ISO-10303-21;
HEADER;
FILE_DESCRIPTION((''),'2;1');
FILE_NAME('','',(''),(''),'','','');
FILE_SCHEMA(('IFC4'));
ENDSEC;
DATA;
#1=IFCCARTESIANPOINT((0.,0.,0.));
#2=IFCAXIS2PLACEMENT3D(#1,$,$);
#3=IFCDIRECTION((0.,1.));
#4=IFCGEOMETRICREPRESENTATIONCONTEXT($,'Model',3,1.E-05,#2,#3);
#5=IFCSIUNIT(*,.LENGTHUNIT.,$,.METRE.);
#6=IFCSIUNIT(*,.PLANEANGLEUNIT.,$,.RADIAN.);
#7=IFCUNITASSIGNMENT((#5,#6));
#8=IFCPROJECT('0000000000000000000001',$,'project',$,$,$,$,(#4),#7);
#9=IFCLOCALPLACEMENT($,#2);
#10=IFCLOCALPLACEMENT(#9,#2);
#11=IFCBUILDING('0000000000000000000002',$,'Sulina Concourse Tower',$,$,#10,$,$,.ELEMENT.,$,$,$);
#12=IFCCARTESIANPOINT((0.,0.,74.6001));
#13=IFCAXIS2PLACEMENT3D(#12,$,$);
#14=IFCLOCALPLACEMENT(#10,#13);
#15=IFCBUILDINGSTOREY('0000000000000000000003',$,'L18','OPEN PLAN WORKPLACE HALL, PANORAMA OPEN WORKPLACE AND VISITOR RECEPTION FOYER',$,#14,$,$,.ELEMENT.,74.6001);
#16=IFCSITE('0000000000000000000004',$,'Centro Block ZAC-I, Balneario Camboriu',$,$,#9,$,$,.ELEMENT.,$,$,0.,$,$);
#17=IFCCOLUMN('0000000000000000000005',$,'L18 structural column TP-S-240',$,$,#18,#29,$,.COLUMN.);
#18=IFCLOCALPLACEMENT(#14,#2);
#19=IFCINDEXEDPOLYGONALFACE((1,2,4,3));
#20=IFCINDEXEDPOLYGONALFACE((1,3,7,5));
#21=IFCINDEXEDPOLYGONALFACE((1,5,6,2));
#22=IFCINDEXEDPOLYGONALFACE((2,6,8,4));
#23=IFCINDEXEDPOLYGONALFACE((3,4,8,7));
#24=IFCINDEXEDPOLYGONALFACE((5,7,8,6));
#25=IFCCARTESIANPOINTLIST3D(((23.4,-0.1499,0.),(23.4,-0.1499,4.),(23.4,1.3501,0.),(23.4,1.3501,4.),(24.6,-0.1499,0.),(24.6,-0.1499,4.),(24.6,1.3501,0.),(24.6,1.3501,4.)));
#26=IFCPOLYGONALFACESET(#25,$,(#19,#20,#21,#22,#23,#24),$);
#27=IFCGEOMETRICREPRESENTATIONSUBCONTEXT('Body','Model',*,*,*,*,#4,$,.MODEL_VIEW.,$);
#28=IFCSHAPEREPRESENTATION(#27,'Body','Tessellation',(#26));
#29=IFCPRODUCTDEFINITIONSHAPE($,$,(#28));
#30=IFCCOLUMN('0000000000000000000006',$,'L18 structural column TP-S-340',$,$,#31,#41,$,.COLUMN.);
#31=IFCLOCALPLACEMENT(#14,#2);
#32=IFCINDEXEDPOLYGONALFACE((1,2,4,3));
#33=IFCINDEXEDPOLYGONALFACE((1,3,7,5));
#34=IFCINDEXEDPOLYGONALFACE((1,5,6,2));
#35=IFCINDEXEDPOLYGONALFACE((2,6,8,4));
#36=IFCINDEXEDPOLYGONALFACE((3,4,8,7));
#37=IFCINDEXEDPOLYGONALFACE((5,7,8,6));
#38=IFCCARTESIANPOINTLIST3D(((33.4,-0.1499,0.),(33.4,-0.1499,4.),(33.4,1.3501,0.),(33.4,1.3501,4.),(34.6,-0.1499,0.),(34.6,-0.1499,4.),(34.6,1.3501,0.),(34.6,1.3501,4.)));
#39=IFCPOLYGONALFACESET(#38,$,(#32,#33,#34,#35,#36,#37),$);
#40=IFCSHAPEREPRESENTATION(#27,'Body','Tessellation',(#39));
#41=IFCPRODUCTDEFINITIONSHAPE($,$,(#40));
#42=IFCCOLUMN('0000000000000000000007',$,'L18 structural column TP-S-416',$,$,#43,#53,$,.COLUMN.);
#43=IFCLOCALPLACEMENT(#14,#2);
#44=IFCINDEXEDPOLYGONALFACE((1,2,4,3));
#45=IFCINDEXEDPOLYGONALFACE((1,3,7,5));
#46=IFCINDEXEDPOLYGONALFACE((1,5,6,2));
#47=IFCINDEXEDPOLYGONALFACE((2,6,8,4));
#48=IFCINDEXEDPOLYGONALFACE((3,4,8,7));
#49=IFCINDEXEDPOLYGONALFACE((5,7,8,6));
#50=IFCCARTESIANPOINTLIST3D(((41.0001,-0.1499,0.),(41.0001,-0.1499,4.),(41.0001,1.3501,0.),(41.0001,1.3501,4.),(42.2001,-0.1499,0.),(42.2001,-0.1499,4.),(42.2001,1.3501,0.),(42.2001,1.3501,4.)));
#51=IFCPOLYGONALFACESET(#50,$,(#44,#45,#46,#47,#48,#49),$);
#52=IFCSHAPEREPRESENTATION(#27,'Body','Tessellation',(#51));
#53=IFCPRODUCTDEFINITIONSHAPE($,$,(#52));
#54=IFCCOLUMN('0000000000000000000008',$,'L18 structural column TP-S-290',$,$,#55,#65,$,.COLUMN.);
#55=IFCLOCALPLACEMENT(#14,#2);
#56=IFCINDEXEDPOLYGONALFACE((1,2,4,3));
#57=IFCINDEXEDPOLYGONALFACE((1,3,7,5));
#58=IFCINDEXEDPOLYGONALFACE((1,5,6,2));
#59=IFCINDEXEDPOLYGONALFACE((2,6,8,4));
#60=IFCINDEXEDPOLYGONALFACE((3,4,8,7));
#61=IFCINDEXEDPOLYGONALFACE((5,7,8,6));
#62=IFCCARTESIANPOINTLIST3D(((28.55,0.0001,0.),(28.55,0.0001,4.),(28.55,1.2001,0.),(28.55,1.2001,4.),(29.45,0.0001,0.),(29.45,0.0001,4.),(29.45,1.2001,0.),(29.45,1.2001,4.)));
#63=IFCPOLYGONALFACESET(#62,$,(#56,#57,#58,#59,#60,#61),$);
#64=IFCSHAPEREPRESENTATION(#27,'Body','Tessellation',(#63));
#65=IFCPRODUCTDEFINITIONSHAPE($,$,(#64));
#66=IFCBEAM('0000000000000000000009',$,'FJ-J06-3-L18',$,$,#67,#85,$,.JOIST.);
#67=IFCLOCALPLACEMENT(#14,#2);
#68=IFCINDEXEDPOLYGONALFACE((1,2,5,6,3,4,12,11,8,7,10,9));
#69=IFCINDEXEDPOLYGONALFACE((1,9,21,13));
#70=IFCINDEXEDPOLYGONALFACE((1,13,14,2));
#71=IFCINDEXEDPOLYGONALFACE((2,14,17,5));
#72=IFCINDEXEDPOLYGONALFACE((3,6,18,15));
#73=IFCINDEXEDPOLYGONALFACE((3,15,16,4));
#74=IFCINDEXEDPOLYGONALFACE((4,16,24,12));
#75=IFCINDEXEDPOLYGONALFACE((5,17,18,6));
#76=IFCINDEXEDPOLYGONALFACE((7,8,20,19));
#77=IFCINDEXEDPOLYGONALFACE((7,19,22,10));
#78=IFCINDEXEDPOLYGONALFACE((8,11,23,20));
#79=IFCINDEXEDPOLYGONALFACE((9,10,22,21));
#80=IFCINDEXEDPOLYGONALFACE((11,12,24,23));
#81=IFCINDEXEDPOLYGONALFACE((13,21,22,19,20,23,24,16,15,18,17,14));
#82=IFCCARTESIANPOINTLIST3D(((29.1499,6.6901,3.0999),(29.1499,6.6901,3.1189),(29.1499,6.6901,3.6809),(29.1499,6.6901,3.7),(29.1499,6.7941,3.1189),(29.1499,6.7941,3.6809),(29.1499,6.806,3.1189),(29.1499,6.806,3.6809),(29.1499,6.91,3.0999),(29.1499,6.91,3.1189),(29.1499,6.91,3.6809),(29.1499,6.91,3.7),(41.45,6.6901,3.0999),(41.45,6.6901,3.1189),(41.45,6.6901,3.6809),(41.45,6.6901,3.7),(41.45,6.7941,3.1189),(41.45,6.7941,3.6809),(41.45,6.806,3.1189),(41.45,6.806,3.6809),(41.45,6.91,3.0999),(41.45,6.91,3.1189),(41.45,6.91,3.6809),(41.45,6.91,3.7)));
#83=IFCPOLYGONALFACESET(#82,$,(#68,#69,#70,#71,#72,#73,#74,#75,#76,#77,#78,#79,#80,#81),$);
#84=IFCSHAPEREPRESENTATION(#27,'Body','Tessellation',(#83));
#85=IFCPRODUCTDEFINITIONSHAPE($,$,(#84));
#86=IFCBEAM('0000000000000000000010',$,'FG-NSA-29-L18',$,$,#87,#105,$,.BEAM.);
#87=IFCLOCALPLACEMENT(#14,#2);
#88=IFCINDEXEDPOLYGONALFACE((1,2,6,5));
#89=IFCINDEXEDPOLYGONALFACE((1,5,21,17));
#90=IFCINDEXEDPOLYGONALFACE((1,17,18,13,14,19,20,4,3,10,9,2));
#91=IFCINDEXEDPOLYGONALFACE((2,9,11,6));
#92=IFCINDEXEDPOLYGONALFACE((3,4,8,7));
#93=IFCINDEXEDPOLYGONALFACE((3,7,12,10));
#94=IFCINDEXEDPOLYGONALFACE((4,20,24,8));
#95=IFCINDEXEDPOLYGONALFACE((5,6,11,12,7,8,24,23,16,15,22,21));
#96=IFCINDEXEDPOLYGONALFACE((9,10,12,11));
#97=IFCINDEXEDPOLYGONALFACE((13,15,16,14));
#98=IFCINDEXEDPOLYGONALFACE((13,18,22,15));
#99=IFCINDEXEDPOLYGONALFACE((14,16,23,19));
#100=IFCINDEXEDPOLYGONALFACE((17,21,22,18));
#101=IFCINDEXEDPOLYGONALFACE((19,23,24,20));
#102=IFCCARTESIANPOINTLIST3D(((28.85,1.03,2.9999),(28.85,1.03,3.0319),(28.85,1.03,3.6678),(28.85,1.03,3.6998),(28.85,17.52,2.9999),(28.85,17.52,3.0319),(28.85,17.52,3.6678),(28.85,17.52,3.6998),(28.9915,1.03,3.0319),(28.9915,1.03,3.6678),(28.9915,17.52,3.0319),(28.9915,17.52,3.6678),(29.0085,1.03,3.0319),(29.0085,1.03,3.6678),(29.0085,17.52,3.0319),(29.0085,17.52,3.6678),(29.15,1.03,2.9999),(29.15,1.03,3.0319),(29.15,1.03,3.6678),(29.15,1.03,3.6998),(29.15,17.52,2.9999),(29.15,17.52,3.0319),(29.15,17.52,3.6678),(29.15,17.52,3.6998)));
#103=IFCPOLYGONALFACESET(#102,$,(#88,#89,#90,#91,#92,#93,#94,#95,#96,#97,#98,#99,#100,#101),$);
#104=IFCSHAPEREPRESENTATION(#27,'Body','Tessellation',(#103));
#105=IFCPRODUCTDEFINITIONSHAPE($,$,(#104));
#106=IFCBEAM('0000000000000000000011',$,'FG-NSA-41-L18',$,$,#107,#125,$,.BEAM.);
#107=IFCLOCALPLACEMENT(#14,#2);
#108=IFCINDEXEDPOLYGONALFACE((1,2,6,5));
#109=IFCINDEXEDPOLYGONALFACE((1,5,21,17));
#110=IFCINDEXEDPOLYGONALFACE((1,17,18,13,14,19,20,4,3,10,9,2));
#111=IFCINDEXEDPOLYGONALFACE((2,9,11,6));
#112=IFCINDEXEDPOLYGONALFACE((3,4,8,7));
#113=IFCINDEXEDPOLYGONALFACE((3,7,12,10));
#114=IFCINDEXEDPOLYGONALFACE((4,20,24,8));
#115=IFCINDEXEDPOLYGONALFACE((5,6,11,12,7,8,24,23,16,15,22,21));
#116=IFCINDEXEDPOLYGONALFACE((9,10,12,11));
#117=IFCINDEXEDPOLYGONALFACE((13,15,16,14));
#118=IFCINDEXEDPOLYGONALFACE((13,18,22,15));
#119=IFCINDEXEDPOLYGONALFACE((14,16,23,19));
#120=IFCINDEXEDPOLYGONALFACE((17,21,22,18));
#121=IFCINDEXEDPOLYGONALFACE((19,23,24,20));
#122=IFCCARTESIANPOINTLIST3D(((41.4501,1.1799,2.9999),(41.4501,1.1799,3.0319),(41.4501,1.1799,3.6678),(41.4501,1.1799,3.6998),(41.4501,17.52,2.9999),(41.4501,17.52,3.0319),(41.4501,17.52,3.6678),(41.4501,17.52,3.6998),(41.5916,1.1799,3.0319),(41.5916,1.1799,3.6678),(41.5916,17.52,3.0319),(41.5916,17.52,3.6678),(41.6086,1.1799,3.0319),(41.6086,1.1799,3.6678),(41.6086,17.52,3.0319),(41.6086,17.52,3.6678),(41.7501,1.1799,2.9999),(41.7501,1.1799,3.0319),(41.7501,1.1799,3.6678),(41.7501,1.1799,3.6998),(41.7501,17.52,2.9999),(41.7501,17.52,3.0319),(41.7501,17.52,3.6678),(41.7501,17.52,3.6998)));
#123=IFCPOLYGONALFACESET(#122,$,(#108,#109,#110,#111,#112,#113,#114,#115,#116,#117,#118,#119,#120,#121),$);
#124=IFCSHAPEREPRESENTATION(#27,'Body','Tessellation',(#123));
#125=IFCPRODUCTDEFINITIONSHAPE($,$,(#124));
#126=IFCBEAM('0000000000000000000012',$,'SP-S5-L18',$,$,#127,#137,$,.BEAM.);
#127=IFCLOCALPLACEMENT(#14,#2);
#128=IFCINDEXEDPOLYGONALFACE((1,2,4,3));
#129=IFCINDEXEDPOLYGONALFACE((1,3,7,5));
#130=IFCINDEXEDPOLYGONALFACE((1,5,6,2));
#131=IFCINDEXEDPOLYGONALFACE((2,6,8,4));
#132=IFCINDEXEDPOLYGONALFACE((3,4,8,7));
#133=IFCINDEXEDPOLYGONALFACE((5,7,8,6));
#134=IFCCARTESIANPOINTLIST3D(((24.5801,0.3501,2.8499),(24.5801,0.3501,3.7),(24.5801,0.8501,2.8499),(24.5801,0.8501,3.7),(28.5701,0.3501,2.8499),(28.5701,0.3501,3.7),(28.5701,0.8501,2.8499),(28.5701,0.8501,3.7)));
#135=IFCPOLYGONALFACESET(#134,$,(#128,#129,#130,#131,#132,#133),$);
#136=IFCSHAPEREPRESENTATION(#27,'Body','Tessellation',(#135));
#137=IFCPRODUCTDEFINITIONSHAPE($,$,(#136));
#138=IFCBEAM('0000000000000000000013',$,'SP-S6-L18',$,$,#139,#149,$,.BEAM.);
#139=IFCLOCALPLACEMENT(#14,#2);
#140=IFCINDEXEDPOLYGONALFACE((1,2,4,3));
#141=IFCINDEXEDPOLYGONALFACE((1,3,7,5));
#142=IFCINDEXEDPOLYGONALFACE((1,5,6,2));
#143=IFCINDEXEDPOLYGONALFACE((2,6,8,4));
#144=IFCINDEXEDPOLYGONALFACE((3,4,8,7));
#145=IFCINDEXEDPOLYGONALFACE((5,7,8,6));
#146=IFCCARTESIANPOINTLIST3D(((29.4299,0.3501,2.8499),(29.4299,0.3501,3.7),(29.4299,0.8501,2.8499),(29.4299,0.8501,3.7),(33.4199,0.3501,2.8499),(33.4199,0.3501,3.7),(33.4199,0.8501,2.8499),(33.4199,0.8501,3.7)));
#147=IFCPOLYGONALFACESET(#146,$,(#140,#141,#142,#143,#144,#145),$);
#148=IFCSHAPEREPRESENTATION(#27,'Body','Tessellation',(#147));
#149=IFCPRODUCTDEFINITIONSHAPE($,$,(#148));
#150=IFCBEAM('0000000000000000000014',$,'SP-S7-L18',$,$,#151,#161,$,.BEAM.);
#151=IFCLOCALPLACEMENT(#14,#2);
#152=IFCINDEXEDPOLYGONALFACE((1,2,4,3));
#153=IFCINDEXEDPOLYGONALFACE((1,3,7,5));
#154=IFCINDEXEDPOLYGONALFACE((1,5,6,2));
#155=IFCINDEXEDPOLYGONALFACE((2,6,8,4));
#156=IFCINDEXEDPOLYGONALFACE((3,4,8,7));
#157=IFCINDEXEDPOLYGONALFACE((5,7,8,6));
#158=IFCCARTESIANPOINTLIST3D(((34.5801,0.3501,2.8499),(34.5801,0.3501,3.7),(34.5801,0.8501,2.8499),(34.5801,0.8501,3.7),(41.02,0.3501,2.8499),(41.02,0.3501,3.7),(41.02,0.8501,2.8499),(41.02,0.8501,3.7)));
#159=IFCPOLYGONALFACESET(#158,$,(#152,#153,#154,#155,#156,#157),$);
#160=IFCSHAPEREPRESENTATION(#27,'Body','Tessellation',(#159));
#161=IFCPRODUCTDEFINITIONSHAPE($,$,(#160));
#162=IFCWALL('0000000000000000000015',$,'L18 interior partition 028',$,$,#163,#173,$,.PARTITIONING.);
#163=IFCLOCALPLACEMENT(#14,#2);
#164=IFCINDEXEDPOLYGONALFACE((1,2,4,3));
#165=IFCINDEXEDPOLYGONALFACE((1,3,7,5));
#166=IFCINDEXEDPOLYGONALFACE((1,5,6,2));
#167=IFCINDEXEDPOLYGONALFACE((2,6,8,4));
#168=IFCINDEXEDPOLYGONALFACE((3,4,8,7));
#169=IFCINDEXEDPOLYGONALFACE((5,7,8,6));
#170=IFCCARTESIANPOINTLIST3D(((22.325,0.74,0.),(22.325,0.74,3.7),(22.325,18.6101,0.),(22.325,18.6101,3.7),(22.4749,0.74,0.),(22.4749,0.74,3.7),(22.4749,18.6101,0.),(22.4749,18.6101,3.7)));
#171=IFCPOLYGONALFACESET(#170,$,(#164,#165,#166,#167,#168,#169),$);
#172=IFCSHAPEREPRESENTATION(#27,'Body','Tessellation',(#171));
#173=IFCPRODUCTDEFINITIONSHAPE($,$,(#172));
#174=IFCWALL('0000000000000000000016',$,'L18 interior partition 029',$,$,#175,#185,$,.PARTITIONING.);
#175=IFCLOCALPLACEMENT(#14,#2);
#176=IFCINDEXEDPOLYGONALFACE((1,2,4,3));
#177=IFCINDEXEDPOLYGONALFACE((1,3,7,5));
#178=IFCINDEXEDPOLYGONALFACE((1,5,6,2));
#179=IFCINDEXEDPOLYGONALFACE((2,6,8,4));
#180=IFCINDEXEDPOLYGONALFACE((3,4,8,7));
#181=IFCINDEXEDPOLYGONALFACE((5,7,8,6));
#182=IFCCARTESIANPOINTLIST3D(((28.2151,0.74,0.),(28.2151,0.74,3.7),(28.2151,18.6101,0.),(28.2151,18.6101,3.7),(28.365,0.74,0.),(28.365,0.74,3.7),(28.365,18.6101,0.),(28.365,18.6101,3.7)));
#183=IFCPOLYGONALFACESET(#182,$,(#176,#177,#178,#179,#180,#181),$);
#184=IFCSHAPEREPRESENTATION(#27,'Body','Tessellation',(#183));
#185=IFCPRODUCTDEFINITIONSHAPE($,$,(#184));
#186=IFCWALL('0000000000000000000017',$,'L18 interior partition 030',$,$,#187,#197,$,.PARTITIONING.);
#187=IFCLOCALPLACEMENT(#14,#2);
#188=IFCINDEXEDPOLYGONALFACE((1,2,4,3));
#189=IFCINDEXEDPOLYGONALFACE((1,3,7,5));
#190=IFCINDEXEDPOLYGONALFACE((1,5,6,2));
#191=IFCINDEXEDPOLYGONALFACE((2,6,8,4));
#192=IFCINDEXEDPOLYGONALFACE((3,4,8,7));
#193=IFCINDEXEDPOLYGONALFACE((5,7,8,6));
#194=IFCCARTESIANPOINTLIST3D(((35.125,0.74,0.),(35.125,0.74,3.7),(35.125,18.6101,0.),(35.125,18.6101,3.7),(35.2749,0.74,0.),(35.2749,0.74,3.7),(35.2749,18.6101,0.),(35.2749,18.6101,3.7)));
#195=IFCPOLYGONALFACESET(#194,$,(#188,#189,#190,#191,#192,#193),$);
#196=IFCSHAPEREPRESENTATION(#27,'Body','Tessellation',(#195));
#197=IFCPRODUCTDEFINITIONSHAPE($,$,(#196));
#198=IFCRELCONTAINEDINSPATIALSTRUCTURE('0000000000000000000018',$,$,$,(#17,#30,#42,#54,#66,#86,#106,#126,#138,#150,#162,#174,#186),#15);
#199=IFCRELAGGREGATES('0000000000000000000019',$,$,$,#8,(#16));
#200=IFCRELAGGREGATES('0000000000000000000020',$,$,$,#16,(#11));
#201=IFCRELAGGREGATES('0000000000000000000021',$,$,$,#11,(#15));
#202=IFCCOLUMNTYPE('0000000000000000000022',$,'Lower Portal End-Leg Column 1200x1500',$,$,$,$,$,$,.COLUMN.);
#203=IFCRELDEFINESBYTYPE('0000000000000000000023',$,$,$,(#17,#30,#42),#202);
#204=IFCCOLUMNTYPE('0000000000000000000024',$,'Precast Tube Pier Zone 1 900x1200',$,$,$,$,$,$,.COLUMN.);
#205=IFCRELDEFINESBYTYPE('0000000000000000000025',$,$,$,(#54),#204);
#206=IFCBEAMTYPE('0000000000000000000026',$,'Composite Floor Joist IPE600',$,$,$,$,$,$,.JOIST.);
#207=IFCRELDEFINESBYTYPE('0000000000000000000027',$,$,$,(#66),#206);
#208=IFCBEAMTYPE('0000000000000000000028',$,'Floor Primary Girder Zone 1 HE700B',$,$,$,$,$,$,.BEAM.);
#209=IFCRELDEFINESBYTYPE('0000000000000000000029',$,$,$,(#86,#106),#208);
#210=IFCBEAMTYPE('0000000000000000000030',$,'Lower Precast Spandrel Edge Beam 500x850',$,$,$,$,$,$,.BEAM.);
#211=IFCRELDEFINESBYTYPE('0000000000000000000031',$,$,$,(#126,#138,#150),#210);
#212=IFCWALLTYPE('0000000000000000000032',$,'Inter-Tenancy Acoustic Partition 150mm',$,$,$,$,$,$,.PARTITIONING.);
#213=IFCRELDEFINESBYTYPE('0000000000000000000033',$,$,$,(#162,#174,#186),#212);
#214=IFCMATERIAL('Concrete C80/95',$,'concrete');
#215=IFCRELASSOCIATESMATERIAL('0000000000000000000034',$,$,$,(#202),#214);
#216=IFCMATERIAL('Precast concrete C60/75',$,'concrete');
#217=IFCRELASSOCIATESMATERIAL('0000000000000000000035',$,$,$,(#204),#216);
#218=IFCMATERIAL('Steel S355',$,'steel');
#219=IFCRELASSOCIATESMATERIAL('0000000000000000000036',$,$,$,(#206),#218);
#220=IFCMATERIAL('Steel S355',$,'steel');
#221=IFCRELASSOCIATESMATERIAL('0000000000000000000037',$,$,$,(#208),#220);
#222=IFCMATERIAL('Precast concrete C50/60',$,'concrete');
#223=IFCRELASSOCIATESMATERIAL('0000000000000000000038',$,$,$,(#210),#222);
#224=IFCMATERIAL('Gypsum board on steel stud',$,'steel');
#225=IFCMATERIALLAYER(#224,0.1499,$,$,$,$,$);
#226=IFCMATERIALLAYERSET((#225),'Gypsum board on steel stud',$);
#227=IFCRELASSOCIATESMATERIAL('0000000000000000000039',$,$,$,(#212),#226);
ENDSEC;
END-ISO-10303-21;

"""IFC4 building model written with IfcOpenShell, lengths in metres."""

from ifc_helpers import new_model, si_unit, direction, frame, frame_2d, origin, origin_2d, place, context, subcontext, project, spatial, rectangle, i_section, extrude, material, layer, layer_set, material_profile, profile_set, type_object, element, save


model = new_model("IFC4")

# Units and contexts
model_context = context("Model", 3, precision=1e-05, world=origin(), true_north=direction((0.0, 1.0)))
body_context = subcontext(model_context, "Body", "Model", "MODEL_VIEW")
ifc_project = project(units=[si_unit("LENGTHUNIT", "METRE"), si_unit("PLANEANGLEUNIT", "RADIAN")], contexts=[model_context])

# Site, building, storey
site_placement = place(None, origin())
site = spatial("IfcSite", under=ifc_project, at=site_placement, Name="Centro Block ZAC-I, Balneario Camboriu", CompositionType="ELEMENT", RefElevation=0.0)
building_placement = place(site_placement, origin())
building = spatial("IfcBuilding", under=site, at=building_placement, Name="Sulina Concourse Tower", CompositionType="ELEMENT")
storey_placement = place(building_placement, frame((0.0, 0.0, 74.6001)))
storey = spatial("IfcBuildingStorey", under=building, at=storey_placement, Name="L18", Description="OPEN PLAN WORKPLACE HALL, PANORAMA OPEN WORKPLACE AND VISITOR RECEPTION FOYER", CompositionType="ELEMENT", Elevation=74.6001)

# Columns
ifc_material_1 = material(Name="Concrete C80/95", Category="concrete")
ifc_material_profile_1 = material_profile(ifc_material_1, rectangle(XDim=1.2, YDim=1.5, at=origin_2d()), Name="RC 1200x1500")
ifc_profile_set_1 = profile_set([ifc_material_profile_1], Name="Concrete C80/95")
column_type_1 = type_object("IfcColumnType", Name="Lower Portal End-Leg Column 1200x1500", PredefinedType="COLUMN", material=ifc_profile_set_1)
for number, where, z_axis, x_axis, name in (
    (1, (24.0, 0.6001, 0.0), (0.0, 0.0, 1.0), (1.0, 0.0, 0.0), "L18 structural column TP-S-240"),
    (2, (34.0, 0.6001, 0.0), (0.0, 0.0, 1.0), (1.0, 0.0, 0.0), "L18 structural column TP-S-340"),
    (3, (41.6001, 0.6001, 0.0), (0.0, 0.0, 1.0), (1.0, 0.0, 0.0), "L18 structural column TP-S-416"),
):
    element("IfcColumn", number, at=place(storey_placement, frame(where, z_axis=z_axis, x_axis=x_axis)), inside=storey, type_object=column_type_1, Name=name, PredefinedType="COLUMN", context=body_context, shape_type="SweptSolid", body=[
        extrude(rectangle(XDim=1.2, YDim=1.5, at=origin_2d()), origin(), (0.0, 0.0, 1.0), 4.0),
    ])
ifc_material_2 = material(Name="Precast concrete C60/75", Category="concrete")
ifc_material_profile_2 = material_profile(ifc_material_2, rectangle(XDim=0.8999, YDim=1.2, at=origin_2d()), Name="PC 900x1200")
ifc_profile_set_2 = profile_set([ifc_material_profile_2], Name="Precast concrete C60/75")
column_type_2 = type_object("IfcColumnType", Name="Precast Tube Pier Zone 1 900x1200", PredefinedType="COLUMN", material=ifc_profile_set_2)
column_placement = place(storey_placement, frame((29.0, 0.6001, 0.0), z_axis=(0.0, 0.0, 1.0), x_axis=(1.0, 0.0, 0.0)))
element("IfcColumn", 4, at=column_placement, inside=storey, type_object=column_type_2, Name="L18 structural column TP-S-290", PredefinedType="COLUMN", context=body_context, shape_type="SweptSolid", body=[
    extrude(rectangle(XDim=0.8999, YDim=1.2, at=origin_2d()), origin(), (0.0, 0.0, 1.0), 4.0),
])

# Beams
ifc_material_3 = material(Name="Steel S355", Category="steel")
ifc_material_profile_3 = material_profile(ifc_material_3, i_section(OverallWidth=0.22, OverallDepth=0.6001, WebThickness=0.012, FlangeThickness=0.019, at=origin_2d()), Name="IPE 600")
ifc_profile_set_3 = profile_set([ifc_material_profile_3], Name="Steel S355")
beam_type_1 = type_object("IfcBeamType", Name="Composite Floor Joist IPE600", PredefinedType="JOIST", material=ifc_profile_set_3)
beam_1_placement = place(storey_placement, frame((29.1499, 6.8, 3.3999), z_axis=(1.0, 0.0, 0.0), x_axis=(0.0, 1.0, 0.0)))
element("IfcBeam", 5, at=beam_1_placement, inside=storey, type_object=beam_type_1, Name="FJ-J06-3-L18", PredefinedType="JOIST", context=body_context, shape_type="SweptSolid", body=[
    extrude(i_section(OverallWidth=0.22, OverallDepth=0.6001, WebThickness=0.012, FlangeThickness=0.019, at=origin_2d()), origin(), (0.0, 0.0, 1.0), 12.3),
])
ifc_material_4 = material(Name="Steel S355", Category="steel")
ifc_material_profile_4 = material_profile(ifc_material_4, i_section(OverallWidth=0.3, OverallDepth=0.7, WebThickness=0.0171, FlangeThickness=0.032, at=origin_2d()), Name="HE 700 B")
ifc_profile_set_4 = profile_set([ifc_material_profile_4], Name="Steel S355")
beam_type_2 = type_object("IfcBeamType", Name="Floor Primary Girder Zone 1 HE700B", PredefinedType="BEAM", material=ifc_profile_set_4)
beam_2_placement = place(storey_placement, frame((29.0, 1.03, 3.3499), z_axis=(0.0, 1.0, 0.0), x_axis=(-1.0, 0.0, 0.0)))
element("IfcBeam", 6, at=beam_2_placement, inside=storey, type_object=beam_type_2, Name="FG-NSA-29-L18", PredefinedType="BEAM", context=body_context, shape_type="SweptSolid", body=[
    extrude(i_section(OverallWidth=0.3, OverallDepth=0.7, WebThickness=0.0171, FlangeThickness=0.032, at=origin_2d()), origin(), (0.0, 0.0, 1.0), 16.49),
])
beam_3_placement = place(storey_placement, frame((41.6001, 1.1799, 3.3499), z_axis=(0.0, 1.0, 0.0), x_axis=(-1.0, 0.0, 0.0)))
element("IfcBeam", 7, at=beam_3_placement, inside=storey, type_object=beam_type_2, Name="FG-NSA-41-L18", PredefinedType="BEAM", context=body_context, shape_type="SweptSolid", body=[
    extrude(i_section(OverallWidth=0.3, OverallDepth=0.7, WebThickness=0.0171, FlangeThickness=0.032, at=origin_2d()), origin(), (0.0, 0.0, 1.0), 16.3401),
])
ifc_material_5 = material(Name="Precast concrete C50/60", Category="concrete")
ifc_material_profile_5 = material_profile(ifc_material_5, rectangle(XDim=0.5, YDim=0.8501, at=origin_2d()), Name="RC 500x850")
ifc_profile_set_5 = profile_set([ifc_material_profile_5], Name="Precast concrete C50/60")
beam_type_3 = type_object("IfcBeamType", Name="Lower Precast Spandrel Edge Beam 500x850", PredefinedType="BEAM", material=ifc_profile_set_5)
for number, where, z_axis, x_axis, name in (
    (8, (24.5801, 0.6001, 3.2749), (1.0, 0.0, 0.0), (0.0, 1.0, 0.0), "SP-S5-L18"),
    (9, (29.4299, 0.6001, 3.2749), (1.0, 0.0, 0.0), (0.0, 1.0, 0.0), "SP-S6-L18"),
):
    element("IfcBeam", number, at=place(storey_placement, frame(where, z_axis=z_axis, x_axis=x_axis)), inside=storey, type_object=beam_type_3, Name=name, PredefinedType="BEAM", context=body_context, shape_type="SweptSolid", body=[
        extrude(rectangle(XDim=0.5, YDim=0.8501, at=origin_2d()), origin(), (0.0, 0.0, 1.0), 3.99),
    ])
beam_4_placement = place(storey_placement, frame((34.5801, 0.6001, 3.2749), z_axis=(1.0, 0.0, 0.0), x_axis=(0.0, 1.0, 0.0)))
element("IfcBeam", 10, at=beam_4_placement, inside=storey, type_object=beam_type_3, Name="SP-S7-L18", PredefinedType="BEAM", context=body_context, shape_type="SweptSolid", body=[
    extrude(rectangle(XDim=0.5, YDim=0.8501, at=origin_2d()), origin(), (0.0, 0.0, 1.0), 6.4399),
])

# Walls
ifc_material_6 = material(Name="Gypsum board on steel stud", Category="steel")
ifc_layer_1 = layer(ifc_material_6, 0.1499)
ifc_layer_set_1 = layer_set([ifc_layer_1], Name="Gypsum board on steel stud")
wall_type_1 = type_object("IfcWallType", Name="Inter-Tenancy Acoustic Partition 150mm", PredefinedType="PARTITIONING", material=ifc_layer_set_1)
for number, where, z_axis, x_axis, name in (
    (11, (22.3999, 0.74, 0.0), (0.0, 0.0, 1.0), (0.0, 1.0, 0.0), "L18 interior partition 028"),
    (12, (28.29, 0.74, 0.0), (0.0, 0.0, 1.0), (0.0, 1.0, 0.0), "L18 interior partition 029"),
    (13, (35.2, 0.74, 0.0), (0.0, 0.0, 1.0), (0.0, 1.0, 0.0), "L18 interior partition 030"),
):
    element("IfcWall", number, at=place(storey_placement, frame(where, z_axis=z_axis, x_axis=x_axis)), inside=storey, type_object=wall_type_1, Name=name, PredefinedType="PARTITIONING", context=body_context, shape_type="SweptSolid", body=[
        extrude(rectangle(XDim=17.8701, YDim=0.1499, at=frame_2d((8.9351, 0.0))), origin(), (0.0, 0.0, 1.0), 3.7),
    ])

save(model, "model.ifc")
